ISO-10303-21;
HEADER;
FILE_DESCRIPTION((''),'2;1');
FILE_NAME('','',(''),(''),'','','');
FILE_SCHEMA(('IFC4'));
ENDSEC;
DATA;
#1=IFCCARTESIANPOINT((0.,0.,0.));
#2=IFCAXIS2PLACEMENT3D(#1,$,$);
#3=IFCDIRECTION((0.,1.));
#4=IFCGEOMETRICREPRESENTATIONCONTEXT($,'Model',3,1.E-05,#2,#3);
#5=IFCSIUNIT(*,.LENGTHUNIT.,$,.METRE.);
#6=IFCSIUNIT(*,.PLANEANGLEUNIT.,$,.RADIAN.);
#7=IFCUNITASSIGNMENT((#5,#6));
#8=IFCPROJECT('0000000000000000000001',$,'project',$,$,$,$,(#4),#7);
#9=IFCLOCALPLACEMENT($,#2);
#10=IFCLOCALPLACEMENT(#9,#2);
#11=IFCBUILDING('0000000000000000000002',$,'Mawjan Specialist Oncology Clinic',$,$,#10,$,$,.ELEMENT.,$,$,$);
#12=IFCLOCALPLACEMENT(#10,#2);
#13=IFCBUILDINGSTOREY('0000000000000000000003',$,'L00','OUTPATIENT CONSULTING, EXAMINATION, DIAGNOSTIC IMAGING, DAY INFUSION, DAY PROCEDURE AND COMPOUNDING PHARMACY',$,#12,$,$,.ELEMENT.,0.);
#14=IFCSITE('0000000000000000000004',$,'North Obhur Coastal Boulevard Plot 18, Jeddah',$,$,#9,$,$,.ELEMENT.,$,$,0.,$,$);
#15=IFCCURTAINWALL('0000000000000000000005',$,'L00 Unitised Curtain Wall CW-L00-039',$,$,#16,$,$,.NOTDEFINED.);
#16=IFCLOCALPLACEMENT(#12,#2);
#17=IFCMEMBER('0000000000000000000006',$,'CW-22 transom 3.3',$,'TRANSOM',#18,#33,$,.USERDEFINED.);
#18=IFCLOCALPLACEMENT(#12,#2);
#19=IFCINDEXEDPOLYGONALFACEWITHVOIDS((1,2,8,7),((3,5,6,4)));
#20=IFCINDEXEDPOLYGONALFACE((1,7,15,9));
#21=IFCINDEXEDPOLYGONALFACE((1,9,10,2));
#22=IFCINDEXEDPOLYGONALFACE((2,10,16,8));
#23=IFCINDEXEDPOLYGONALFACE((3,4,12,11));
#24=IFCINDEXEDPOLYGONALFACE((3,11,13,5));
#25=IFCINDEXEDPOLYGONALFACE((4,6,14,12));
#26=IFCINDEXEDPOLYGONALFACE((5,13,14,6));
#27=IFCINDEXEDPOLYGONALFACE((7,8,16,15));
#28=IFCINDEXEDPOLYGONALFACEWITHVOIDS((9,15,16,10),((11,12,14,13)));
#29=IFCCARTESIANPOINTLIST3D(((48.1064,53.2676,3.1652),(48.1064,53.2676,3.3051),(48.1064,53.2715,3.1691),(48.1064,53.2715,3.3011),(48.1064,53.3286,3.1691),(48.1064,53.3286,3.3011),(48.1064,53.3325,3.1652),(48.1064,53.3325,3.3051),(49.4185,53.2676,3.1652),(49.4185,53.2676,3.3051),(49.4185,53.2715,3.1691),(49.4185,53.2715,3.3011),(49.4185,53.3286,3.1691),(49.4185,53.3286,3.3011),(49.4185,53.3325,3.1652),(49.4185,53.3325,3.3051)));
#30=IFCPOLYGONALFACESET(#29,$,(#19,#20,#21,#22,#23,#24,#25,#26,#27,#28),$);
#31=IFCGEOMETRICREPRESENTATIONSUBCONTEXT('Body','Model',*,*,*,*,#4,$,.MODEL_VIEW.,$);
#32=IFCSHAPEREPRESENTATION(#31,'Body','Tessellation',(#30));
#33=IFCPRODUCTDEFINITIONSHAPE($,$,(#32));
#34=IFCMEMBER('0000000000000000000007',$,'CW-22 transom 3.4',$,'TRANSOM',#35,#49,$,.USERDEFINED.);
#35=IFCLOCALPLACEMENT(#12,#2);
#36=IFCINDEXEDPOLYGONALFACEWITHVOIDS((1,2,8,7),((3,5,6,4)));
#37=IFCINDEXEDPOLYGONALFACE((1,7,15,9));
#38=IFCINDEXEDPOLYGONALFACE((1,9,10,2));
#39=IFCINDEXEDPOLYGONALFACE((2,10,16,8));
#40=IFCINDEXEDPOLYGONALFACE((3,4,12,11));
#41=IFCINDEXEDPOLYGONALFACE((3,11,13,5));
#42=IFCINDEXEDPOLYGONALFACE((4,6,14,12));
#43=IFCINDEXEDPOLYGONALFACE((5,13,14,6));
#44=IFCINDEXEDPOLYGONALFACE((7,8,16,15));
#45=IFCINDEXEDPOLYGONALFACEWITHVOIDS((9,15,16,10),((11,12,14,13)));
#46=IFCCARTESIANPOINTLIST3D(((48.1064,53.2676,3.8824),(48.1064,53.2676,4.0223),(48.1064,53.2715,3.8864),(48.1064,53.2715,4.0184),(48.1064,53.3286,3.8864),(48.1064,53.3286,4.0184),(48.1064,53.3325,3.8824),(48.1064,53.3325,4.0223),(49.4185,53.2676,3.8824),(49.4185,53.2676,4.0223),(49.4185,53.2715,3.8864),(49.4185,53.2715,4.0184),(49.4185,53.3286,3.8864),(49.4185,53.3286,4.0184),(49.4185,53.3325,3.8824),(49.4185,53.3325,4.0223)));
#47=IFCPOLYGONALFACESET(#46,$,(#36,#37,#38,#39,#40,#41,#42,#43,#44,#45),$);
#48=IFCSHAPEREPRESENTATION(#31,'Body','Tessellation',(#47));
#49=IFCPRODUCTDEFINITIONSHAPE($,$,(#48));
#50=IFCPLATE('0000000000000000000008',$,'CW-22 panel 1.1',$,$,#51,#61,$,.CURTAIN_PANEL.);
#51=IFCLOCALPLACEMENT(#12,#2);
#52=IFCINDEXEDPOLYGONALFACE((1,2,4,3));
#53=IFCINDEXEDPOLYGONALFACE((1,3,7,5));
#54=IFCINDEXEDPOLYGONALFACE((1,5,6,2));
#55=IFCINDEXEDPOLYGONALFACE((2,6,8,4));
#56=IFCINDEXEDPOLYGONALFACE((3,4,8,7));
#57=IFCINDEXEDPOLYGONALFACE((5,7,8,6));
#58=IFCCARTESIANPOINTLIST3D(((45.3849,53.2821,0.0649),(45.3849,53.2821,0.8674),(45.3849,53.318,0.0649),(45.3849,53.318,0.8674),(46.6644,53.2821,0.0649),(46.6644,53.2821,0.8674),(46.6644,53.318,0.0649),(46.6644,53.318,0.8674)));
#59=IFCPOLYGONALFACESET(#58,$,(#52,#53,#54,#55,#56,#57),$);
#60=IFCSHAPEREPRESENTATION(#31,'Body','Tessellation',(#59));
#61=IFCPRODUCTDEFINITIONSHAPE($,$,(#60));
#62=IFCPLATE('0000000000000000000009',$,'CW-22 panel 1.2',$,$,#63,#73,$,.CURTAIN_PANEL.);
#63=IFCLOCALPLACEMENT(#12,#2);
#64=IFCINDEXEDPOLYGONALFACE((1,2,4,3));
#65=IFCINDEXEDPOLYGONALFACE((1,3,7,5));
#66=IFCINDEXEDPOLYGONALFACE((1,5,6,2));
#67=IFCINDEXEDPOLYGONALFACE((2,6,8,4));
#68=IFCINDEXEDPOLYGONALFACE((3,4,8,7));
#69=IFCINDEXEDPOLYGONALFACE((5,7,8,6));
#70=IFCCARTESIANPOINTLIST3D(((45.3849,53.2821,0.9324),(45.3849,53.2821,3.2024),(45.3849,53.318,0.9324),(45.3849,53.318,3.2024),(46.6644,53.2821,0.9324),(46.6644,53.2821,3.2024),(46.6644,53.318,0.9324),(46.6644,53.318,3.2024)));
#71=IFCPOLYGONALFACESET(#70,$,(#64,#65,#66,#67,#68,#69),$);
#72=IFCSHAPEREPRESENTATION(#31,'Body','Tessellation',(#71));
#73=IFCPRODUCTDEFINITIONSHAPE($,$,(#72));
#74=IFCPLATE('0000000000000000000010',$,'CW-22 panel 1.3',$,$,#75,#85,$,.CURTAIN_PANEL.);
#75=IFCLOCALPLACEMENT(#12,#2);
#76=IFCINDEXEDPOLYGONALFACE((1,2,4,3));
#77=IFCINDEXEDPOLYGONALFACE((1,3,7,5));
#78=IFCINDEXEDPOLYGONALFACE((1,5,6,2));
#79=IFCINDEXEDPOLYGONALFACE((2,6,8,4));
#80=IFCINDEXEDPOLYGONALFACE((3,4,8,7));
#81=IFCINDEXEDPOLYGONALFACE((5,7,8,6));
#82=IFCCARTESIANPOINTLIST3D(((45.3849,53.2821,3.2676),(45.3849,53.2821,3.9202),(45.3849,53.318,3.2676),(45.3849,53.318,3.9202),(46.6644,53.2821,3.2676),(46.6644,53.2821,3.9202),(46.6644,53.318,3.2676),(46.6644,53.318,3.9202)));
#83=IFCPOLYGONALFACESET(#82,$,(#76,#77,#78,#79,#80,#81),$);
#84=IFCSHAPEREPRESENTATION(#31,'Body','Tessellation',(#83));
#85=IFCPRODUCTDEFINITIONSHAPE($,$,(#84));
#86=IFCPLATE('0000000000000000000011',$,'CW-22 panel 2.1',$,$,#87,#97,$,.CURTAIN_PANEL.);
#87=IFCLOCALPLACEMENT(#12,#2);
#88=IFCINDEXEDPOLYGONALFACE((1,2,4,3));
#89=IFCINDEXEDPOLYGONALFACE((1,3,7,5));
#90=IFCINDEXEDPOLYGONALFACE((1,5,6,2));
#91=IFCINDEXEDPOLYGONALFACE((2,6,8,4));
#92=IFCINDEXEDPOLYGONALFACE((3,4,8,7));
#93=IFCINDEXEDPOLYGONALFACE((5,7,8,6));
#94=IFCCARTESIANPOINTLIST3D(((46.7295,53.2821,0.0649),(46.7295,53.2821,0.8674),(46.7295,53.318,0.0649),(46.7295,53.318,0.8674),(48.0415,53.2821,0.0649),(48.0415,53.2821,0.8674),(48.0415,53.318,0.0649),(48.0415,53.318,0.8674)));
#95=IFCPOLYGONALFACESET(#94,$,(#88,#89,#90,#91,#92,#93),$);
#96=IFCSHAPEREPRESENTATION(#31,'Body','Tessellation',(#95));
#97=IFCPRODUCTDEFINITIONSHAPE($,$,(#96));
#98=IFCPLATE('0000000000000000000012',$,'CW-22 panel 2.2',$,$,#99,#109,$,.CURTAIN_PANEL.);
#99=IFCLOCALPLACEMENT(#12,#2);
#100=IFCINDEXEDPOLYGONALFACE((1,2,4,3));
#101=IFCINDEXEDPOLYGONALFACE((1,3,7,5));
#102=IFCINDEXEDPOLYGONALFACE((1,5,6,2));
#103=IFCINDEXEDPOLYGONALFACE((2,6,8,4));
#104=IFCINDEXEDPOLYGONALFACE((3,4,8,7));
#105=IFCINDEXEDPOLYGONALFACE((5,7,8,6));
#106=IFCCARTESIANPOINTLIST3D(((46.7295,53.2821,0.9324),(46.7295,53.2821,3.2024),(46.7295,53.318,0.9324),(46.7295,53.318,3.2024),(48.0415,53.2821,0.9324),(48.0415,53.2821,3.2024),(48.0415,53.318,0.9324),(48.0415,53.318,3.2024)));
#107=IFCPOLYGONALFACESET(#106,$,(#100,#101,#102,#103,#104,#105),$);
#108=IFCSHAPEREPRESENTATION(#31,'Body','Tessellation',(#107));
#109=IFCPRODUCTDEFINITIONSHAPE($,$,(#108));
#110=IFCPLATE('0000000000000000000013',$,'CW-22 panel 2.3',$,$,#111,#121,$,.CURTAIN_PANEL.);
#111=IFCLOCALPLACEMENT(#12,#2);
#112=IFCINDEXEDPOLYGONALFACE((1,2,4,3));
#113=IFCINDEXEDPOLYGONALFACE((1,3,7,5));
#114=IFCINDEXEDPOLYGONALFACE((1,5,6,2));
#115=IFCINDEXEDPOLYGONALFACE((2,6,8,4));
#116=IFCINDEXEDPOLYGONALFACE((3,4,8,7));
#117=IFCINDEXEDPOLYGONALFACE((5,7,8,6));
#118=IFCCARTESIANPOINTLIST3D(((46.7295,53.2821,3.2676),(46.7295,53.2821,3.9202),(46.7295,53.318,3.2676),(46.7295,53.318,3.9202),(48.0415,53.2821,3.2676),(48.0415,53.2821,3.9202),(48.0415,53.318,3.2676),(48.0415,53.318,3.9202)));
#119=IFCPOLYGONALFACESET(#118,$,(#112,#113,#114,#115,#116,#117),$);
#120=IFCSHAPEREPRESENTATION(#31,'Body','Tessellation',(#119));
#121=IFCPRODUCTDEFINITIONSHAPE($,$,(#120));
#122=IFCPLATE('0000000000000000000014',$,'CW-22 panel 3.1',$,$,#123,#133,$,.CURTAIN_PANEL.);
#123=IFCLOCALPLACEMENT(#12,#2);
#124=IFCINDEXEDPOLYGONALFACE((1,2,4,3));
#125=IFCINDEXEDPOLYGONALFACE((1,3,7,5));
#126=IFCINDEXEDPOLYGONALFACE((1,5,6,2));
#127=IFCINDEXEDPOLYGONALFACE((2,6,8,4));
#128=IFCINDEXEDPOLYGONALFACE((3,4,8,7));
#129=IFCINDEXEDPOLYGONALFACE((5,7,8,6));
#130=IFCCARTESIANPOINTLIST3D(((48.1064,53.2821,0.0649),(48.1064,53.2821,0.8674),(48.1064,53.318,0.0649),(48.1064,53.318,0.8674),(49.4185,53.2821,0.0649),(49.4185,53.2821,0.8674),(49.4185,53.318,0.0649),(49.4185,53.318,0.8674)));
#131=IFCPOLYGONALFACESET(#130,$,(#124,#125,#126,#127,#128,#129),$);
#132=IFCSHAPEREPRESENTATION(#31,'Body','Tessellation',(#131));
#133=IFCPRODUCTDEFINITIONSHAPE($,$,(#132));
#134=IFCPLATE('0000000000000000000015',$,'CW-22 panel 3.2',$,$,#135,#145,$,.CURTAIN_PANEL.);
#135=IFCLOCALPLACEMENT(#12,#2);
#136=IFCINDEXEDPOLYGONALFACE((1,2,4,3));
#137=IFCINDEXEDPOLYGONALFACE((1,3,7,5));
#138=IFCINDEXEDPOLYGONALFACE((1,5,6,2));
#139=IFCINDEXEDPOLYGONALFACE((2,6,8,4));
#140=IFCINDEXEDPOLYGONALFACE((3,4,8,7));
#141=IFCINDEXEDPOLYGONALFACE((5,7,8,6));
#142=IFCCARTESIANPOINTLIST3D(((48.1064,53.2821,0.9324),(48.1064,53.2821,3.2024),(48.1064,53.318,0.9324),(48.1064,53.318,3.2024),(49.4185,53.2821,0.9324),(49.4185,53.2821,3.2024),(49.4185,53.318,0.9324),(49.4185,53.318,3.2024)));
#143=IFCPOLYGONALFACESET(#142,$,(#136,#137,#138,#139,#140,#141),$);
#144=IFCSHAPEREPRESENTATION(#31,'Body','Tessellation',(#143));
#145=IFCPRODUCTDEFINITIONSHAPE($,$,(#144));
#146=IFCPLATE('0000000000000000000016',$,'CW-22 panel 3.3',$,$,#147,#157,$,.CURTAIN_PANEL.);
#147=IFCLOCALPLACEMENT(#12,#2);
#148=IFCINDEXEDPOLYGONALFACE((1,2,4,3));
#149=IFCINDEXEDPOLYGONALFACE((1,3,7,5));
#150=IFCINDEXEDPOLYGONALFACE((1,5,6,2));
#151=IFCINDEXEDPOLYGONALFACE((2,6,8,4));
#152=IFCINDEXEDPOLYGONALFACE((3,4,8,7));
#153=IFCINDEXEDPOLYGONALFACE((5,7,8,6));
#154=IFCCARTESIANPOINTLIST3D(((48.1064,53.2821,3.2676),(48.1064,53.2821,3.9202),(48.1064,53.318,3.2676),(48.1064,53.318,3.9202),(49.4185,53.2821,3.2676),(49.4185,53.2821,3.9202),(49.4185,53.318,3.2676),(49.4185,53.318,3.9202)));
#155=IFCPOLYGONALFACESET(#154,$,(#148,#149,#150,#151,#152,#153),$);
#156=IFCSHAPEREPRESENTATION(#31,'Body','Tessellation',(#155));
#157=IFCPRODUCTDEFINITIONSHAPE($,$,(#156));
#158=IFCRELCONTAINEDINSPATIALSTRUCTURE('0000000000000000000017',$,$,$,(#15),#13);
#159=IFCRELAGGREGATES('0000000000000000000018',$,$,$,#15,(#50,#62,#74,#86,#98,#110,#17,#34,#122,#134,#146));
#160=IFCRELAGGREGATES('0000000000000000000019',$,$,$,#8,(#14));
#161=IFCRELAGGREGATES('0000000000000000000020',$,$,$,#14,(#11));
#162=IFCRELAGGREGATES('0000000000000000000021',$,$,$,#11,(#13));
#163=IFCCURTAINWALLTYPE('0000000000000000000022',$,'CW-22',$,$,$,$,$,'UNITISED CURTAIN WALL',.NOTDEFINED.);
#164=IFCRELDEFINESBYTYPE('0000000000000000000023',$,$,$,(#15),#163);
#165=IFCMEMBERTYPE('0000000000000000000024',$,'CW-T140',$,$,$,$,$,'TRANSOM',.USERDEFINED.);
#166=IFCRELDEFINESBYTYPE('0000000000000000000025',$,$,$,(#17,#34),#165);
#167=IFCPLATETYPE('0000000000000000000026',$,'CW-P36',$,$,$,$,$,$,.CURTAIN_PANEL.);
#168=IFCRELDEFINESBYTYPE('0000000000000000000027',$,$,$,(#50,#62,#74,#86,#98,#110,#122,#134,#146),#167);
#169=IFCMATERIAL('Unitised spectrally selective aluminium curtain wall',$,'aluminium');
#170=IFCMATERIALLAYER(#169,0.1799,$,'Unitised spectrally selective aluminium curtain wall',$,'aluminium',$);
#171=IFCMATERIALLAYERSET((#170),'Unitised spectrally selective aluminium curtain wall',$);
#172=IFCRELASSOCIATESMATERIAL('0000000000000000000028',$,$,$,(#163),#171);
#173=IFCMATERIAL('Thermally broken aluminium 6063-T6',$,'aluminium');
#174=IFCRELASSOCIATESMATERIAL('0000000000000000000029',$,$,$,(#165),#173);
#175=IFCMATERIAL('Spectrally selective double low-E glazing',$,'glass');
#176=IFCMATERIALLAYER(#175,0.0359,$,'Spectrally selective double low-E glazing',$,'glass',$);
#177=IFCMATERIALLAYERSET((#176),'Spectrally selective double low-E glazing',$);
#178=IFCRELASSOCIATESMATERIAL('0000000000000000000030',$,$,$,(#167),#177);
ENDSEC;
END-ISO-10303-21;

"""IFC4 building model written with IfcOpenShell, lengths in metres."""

from ifc_helpers import new_model, si_unit, direction, frame, origin, origin_2d, place, context, subcontext, project, spatial, rectangle, hollow_rectangle, extrude, material, layer, layer_set, material_profile, profile_set, type_object, element, aggregate, save


model = new_model("IFC4")

# Units and contexts
model_context = context("Model", 3, precision=1e-05, world=origin(), true_north=direction((0.0, 1.0)))
body_context = subcontext(model_context, "Body", "Model", "MODEL_VIEW")
ifc_project = project(units=[si_unit("LENGTHUNIT", "METRE"), si_unit("PLANEANGLEUNIT", "RADIAN")], contexts=[model_context])

# Site, building, storey
site_placement = place(None, origin())
site = spatial("IfcSite", under=ifc_project, at=site_placement, Name="North Obhur Coastal Boulevard Plot 18, Jeddah", CompositionType="ELEMENT", RefElevation=0.0)
building_placement = place(site_placement, origin())
building = spatial("IfcBuilding", under=site, at=building_placement, Name="Mawjan Specialist Oncology Clinic", CompositionType="ELEMENT")
storey_placement = place(building_placement, origin())
storey = spatial("IfcBuildingStorey", under=building, at=storey_placement, Name="L00", Description="OUTPATIENT CONSULTING, EXAMINATION, DIAGNOSTIC IMAGING, DAY INFUSION, DAY PROCEDURE AND COMPOUNDING PHARMACY", CompositionType="ELEMENT", Elevation=0.0)

# Curtain wall, members, plates
ifc_material_1 = material(Name="Unitised spectrally selective aluminium curtain wall", Category="aluminium")
ifc_layer_1 = layer(ifc_material_1, 0.1799, Name="Unitised spectrally selective aluminium curtain wall", Category="aluminium")
ifc_layer_set_1 = layer_set([ifc_layer_1], Name="Unitised spectrally selective aluminium curtain wall")
curtain_wall_type = type_object("IfcCurtainWallType", Name="CW-22", ElementType="UNITISED CURTAIN WALL", PredefinedType="NOTDEFINED", material=ifc_layer_set_1)
curtain_wall_placement = place(storey_placement, origin())
curtain_wall = element("IfcCurtainWall", 1, at=curtain_wall_placement, inside=storey, type_object=curtain_wall_type, Name="L00 Unitised Curtain Wall CW-L00-039", PredefinedType="NOTDEFINED")
ifc_material_2 = material(Name="Thermally broken aluminium 6063-T6", Category="aluminium")
ifc_material_profile_1 = material_profile(ifc_material_2, hollow_rectangle(XDim=0.0649, YDim=0.1399, WallThickness=0.0039, at=origin_2d()), Name="ALU TRANSOM 140x65x4", Category="aluminium")
ifc_profile_set_1 = profile_set([ifc_material_profile_1], Name="Thermally broken aluminium 6063-T6")
member_type_1 = type_object("IfcMemberType", Name="CW-T140", ElementType="TRANSOM", PredefinedType="USERDEFINED", material=ifc_profile_set_1)
member_1_placement = place(storey_placement, frame((48.1064, 53.3, 3.2351), z_axis=(1.0, 0.0, 0.0), x_axis=(0.0, 1.0, 0.0)))
member_1 = element("IfcMember", 2, at=member_1_placement, type_object=member_type_1, Name="CW-22 transom 3.3", ObjectType="TRANSOM", PredefinedType="USERDEFINED", context=body_context, shape_type="SweptSolid", body=[
    extrude(hollow_rectangle(XDim=0.0649, YDim=0.1399, WallThickness=0.0039, at=origin_2d()), origin(), (0.0, 0.0, 1.0), 1.312),
])
member_2_placement = place(storey_placement, frame((48.1064, 53.3, 3.9524), z_axis=(1.0, 0.0, 0.0), x_axis=(0.0, 1.0, 0.0)))
member_2 = element("IfcMember", 3, at=member_2_placement, type_object=member_type_1, Name="CW-22 transom 3.4", ObjectType="TRANSOM", PredefinedType="USERDEFINED", context=body_context, shape_type="SweptSolid", body=[
    extrude(hollow_rectangle(XDim=0.0649, YDim=0.1399, WallThickness=0.0039, at=origin_2d()), origin(), (0.0, 0.0, 1.0), 1.312),
])
ifc_material_3 = material(Name="Spectrally selective double low-E glazing", Category="glass")
ifc_layer_2 = layer(ifc_material_3, 0.0359, Name="Spectrally selective double low-E glazing", Category="glass")
ifc_layer_set_2 = layer_set([ifc_layer_2], Name="Spectrally selective double low-E glazing")
plate_type = type_object("IfcPlateType", Name="CW-P36", PredefinedType="CURTAIN_PANEL", material=ifc_layer_set_2)
plate_1_placement = place(storey_placement, frame((46.0247, 53.3, 0.0649), z_axis=(0.0, 0.0, 1.0), x_axis=(1.0, 0.0, 0.0)))
plate_1 = element("IfcPlate", 4, at=plate_1_placement, type_object=plate_type, Name="CW-22 panel 1.1", PredefinedType="CURTAIN_PANEL", context=body_context, shape_type="SweptSolid", body=[
    extrude(rectangle(XDim=1.2795, YDim=0.0359, at=origin_2d()), origin(), (0.0, 0.0, 1.0), 0.8025),
])
plate_2_placement = place(storey_placement, frame((46.0247, 53.3, 0.9324), z_axis=(0.0, 0.0, 1.0), x_axis=(1.0, 0.0, 0.0)))
plate_2 = element("IfcPlate", 5, at=plate_2_placement, type_object=plate_type, Name="CW-22 panel 1.2", PredefinedType="CURTAIN_PANEL", context=body_context, shape_type="SweptSolid", body=[
    extrude(rectangle(XDim=1.2795, YDim=0.0359, at=origin_2d()), origin(), (0.0, 0.0, 1.0), 2.27),
])
plate_3_placement = place(storey_placement, frame((46.0247, 53.3, 3.2676), z_axis=(0.0, 0.0, 1.0), x_axis=(1.0, 0.0, 0.0)))
plate_3 = element("IfcPlate", 6, at=plate_3_placement, type_object=plate_type, Name="CW-22 panel 1.3", PredefinedType="CURTAIN_PANEL", context=body_context, shape_type="SweptSolid", body=[
    extrude(rectangle(XDim=1.2795, YDim=0.0359, at=origin_2d()), origin(), (0.0, 0.0, 1.0), 0.6526),
])
plate_4_placement = place(storey_placement, frame((47.3855, 53.3, 0.0649), z_axis=(0.0, 0.0, 1.0), x_axis=(1.0, 0.0, 0.0)))
plate_4 = element("IfcPlate", 7, at=plate_4_placement, type_object=plate_type, Name="CW-22 panel 2.1", PredefinedType="CURTAIN_PANEL", context=body_context, shape_type="SweptSolid", body=[
    extrude(rectangle(XDim=1.312, YDim=0.0359, at=origin_2d()), origin(), (0.0, 0.0, 1.0), 0.8025),
])
plate_5_placement = place(storey_placement, frame((47.3855, 53.3, 0.9324), z_axis=(0.0, 0.0, 1.0), x_axis=(1.0, 0.0, 0.0)))
plate_5 = element("IfcPlate", 8, at=plate_5_placement, type_object=plate_type, Name="CW-22 panel 2.2", PredefinedType="CURTAIN_PANEL", context=body_context, shape_type="SweptSolid", body=[
    extrude(rectangle(XDim=1.312, YDim=0.0359, at=origin_2d()), origin(), (0.0, 0.0, 1.0), 2.27),
])
plate_6_placement = place(storey_placement, frame((47.3855, 53.3, 3.2676), z_axis=(0.0, 0.0, 1.0), x_axis=(1.0, 0.0, 0.0)))
plate_6 = element("IfcPlate", 9, at=plate_6_placement, type_object=plate_type, Name="CW-22 panel 2.3", PredefinedType="CURTAIN_PANEL", context=body_context, shape_type="SweptSolid", body=[
    extrude(rectangle(XDim=1.312, YDim=0.0359, at=origin_2d()), origin(), (0.0, 0.0, 1.0), 0.6526),
])
plate_7_placement = place(storey_placement, frame((48.7625, 53.3, 0.0649), z_axis=(0.0, 0.0, 1.0), x_axis=(1.0, 0.0, 0.0)))
plate_7 = element("IfcPlate", 10, at=plate_7_placement, type_object=plate_type, Name="CW-22 panel 3.1", PredefinedType="CURTAIN_PANEL", context=body_context, shape_type="SweptSolid", body=[
    extrude(rectangle(XDim=1.312, YDim=0.0359, at=origin_2d()), origin(), (0.0, 0.0, 1.0), 0.8025),
])
plate_8_placement = place(storey_placement, frame((48.7625, 53.3, 0.9324), z_axis=(0.0, 0.0, 1.0), x_axis=(1.0, 0.0, 0.0)))
plate_8 = element("IfcPlate", 11, at=plate_8_placement, type_object=plate_type, Name="CW-22 panel 3.2", PredefinedType="CURTAIN_PANEL", context=body_context, shape_type="SweptSolid", body=[
    extrude(rectangle(XDim=1.312, YDim=0.0359, at=origin_2d()), origin(), (0.0, 0.0, 1.0), 2.27),
])
plate_9_placement = place(storey_placement, frame((48.7625, 53.3, 3.2676), z_axis=(0.0, 0.0, 1.0), x_axis=(1.0, 0.0, 0.0)))
plate_9 = element("IfcPlate", 12, at=plate_9_placement, type_object=plate_type, Name="CW-22 panel 3.3", PredefinedType="CURTAIN_PANEL", context=body_context, shape_type="SweptSolid", body=[
    extrude(rectangle(XDim=1.312, YDim=0.0359, at=origin_2d()), origin(), (0.0, 0.0, 1.0), 0.6526),
])
aggregate(curtain_wall, [plate_1, plate_2, plate_3, plate_4, plate_5, plate_6, member_1, member_2, plate_7, plate_8, plate_9])

save(model, "model.ifc")
